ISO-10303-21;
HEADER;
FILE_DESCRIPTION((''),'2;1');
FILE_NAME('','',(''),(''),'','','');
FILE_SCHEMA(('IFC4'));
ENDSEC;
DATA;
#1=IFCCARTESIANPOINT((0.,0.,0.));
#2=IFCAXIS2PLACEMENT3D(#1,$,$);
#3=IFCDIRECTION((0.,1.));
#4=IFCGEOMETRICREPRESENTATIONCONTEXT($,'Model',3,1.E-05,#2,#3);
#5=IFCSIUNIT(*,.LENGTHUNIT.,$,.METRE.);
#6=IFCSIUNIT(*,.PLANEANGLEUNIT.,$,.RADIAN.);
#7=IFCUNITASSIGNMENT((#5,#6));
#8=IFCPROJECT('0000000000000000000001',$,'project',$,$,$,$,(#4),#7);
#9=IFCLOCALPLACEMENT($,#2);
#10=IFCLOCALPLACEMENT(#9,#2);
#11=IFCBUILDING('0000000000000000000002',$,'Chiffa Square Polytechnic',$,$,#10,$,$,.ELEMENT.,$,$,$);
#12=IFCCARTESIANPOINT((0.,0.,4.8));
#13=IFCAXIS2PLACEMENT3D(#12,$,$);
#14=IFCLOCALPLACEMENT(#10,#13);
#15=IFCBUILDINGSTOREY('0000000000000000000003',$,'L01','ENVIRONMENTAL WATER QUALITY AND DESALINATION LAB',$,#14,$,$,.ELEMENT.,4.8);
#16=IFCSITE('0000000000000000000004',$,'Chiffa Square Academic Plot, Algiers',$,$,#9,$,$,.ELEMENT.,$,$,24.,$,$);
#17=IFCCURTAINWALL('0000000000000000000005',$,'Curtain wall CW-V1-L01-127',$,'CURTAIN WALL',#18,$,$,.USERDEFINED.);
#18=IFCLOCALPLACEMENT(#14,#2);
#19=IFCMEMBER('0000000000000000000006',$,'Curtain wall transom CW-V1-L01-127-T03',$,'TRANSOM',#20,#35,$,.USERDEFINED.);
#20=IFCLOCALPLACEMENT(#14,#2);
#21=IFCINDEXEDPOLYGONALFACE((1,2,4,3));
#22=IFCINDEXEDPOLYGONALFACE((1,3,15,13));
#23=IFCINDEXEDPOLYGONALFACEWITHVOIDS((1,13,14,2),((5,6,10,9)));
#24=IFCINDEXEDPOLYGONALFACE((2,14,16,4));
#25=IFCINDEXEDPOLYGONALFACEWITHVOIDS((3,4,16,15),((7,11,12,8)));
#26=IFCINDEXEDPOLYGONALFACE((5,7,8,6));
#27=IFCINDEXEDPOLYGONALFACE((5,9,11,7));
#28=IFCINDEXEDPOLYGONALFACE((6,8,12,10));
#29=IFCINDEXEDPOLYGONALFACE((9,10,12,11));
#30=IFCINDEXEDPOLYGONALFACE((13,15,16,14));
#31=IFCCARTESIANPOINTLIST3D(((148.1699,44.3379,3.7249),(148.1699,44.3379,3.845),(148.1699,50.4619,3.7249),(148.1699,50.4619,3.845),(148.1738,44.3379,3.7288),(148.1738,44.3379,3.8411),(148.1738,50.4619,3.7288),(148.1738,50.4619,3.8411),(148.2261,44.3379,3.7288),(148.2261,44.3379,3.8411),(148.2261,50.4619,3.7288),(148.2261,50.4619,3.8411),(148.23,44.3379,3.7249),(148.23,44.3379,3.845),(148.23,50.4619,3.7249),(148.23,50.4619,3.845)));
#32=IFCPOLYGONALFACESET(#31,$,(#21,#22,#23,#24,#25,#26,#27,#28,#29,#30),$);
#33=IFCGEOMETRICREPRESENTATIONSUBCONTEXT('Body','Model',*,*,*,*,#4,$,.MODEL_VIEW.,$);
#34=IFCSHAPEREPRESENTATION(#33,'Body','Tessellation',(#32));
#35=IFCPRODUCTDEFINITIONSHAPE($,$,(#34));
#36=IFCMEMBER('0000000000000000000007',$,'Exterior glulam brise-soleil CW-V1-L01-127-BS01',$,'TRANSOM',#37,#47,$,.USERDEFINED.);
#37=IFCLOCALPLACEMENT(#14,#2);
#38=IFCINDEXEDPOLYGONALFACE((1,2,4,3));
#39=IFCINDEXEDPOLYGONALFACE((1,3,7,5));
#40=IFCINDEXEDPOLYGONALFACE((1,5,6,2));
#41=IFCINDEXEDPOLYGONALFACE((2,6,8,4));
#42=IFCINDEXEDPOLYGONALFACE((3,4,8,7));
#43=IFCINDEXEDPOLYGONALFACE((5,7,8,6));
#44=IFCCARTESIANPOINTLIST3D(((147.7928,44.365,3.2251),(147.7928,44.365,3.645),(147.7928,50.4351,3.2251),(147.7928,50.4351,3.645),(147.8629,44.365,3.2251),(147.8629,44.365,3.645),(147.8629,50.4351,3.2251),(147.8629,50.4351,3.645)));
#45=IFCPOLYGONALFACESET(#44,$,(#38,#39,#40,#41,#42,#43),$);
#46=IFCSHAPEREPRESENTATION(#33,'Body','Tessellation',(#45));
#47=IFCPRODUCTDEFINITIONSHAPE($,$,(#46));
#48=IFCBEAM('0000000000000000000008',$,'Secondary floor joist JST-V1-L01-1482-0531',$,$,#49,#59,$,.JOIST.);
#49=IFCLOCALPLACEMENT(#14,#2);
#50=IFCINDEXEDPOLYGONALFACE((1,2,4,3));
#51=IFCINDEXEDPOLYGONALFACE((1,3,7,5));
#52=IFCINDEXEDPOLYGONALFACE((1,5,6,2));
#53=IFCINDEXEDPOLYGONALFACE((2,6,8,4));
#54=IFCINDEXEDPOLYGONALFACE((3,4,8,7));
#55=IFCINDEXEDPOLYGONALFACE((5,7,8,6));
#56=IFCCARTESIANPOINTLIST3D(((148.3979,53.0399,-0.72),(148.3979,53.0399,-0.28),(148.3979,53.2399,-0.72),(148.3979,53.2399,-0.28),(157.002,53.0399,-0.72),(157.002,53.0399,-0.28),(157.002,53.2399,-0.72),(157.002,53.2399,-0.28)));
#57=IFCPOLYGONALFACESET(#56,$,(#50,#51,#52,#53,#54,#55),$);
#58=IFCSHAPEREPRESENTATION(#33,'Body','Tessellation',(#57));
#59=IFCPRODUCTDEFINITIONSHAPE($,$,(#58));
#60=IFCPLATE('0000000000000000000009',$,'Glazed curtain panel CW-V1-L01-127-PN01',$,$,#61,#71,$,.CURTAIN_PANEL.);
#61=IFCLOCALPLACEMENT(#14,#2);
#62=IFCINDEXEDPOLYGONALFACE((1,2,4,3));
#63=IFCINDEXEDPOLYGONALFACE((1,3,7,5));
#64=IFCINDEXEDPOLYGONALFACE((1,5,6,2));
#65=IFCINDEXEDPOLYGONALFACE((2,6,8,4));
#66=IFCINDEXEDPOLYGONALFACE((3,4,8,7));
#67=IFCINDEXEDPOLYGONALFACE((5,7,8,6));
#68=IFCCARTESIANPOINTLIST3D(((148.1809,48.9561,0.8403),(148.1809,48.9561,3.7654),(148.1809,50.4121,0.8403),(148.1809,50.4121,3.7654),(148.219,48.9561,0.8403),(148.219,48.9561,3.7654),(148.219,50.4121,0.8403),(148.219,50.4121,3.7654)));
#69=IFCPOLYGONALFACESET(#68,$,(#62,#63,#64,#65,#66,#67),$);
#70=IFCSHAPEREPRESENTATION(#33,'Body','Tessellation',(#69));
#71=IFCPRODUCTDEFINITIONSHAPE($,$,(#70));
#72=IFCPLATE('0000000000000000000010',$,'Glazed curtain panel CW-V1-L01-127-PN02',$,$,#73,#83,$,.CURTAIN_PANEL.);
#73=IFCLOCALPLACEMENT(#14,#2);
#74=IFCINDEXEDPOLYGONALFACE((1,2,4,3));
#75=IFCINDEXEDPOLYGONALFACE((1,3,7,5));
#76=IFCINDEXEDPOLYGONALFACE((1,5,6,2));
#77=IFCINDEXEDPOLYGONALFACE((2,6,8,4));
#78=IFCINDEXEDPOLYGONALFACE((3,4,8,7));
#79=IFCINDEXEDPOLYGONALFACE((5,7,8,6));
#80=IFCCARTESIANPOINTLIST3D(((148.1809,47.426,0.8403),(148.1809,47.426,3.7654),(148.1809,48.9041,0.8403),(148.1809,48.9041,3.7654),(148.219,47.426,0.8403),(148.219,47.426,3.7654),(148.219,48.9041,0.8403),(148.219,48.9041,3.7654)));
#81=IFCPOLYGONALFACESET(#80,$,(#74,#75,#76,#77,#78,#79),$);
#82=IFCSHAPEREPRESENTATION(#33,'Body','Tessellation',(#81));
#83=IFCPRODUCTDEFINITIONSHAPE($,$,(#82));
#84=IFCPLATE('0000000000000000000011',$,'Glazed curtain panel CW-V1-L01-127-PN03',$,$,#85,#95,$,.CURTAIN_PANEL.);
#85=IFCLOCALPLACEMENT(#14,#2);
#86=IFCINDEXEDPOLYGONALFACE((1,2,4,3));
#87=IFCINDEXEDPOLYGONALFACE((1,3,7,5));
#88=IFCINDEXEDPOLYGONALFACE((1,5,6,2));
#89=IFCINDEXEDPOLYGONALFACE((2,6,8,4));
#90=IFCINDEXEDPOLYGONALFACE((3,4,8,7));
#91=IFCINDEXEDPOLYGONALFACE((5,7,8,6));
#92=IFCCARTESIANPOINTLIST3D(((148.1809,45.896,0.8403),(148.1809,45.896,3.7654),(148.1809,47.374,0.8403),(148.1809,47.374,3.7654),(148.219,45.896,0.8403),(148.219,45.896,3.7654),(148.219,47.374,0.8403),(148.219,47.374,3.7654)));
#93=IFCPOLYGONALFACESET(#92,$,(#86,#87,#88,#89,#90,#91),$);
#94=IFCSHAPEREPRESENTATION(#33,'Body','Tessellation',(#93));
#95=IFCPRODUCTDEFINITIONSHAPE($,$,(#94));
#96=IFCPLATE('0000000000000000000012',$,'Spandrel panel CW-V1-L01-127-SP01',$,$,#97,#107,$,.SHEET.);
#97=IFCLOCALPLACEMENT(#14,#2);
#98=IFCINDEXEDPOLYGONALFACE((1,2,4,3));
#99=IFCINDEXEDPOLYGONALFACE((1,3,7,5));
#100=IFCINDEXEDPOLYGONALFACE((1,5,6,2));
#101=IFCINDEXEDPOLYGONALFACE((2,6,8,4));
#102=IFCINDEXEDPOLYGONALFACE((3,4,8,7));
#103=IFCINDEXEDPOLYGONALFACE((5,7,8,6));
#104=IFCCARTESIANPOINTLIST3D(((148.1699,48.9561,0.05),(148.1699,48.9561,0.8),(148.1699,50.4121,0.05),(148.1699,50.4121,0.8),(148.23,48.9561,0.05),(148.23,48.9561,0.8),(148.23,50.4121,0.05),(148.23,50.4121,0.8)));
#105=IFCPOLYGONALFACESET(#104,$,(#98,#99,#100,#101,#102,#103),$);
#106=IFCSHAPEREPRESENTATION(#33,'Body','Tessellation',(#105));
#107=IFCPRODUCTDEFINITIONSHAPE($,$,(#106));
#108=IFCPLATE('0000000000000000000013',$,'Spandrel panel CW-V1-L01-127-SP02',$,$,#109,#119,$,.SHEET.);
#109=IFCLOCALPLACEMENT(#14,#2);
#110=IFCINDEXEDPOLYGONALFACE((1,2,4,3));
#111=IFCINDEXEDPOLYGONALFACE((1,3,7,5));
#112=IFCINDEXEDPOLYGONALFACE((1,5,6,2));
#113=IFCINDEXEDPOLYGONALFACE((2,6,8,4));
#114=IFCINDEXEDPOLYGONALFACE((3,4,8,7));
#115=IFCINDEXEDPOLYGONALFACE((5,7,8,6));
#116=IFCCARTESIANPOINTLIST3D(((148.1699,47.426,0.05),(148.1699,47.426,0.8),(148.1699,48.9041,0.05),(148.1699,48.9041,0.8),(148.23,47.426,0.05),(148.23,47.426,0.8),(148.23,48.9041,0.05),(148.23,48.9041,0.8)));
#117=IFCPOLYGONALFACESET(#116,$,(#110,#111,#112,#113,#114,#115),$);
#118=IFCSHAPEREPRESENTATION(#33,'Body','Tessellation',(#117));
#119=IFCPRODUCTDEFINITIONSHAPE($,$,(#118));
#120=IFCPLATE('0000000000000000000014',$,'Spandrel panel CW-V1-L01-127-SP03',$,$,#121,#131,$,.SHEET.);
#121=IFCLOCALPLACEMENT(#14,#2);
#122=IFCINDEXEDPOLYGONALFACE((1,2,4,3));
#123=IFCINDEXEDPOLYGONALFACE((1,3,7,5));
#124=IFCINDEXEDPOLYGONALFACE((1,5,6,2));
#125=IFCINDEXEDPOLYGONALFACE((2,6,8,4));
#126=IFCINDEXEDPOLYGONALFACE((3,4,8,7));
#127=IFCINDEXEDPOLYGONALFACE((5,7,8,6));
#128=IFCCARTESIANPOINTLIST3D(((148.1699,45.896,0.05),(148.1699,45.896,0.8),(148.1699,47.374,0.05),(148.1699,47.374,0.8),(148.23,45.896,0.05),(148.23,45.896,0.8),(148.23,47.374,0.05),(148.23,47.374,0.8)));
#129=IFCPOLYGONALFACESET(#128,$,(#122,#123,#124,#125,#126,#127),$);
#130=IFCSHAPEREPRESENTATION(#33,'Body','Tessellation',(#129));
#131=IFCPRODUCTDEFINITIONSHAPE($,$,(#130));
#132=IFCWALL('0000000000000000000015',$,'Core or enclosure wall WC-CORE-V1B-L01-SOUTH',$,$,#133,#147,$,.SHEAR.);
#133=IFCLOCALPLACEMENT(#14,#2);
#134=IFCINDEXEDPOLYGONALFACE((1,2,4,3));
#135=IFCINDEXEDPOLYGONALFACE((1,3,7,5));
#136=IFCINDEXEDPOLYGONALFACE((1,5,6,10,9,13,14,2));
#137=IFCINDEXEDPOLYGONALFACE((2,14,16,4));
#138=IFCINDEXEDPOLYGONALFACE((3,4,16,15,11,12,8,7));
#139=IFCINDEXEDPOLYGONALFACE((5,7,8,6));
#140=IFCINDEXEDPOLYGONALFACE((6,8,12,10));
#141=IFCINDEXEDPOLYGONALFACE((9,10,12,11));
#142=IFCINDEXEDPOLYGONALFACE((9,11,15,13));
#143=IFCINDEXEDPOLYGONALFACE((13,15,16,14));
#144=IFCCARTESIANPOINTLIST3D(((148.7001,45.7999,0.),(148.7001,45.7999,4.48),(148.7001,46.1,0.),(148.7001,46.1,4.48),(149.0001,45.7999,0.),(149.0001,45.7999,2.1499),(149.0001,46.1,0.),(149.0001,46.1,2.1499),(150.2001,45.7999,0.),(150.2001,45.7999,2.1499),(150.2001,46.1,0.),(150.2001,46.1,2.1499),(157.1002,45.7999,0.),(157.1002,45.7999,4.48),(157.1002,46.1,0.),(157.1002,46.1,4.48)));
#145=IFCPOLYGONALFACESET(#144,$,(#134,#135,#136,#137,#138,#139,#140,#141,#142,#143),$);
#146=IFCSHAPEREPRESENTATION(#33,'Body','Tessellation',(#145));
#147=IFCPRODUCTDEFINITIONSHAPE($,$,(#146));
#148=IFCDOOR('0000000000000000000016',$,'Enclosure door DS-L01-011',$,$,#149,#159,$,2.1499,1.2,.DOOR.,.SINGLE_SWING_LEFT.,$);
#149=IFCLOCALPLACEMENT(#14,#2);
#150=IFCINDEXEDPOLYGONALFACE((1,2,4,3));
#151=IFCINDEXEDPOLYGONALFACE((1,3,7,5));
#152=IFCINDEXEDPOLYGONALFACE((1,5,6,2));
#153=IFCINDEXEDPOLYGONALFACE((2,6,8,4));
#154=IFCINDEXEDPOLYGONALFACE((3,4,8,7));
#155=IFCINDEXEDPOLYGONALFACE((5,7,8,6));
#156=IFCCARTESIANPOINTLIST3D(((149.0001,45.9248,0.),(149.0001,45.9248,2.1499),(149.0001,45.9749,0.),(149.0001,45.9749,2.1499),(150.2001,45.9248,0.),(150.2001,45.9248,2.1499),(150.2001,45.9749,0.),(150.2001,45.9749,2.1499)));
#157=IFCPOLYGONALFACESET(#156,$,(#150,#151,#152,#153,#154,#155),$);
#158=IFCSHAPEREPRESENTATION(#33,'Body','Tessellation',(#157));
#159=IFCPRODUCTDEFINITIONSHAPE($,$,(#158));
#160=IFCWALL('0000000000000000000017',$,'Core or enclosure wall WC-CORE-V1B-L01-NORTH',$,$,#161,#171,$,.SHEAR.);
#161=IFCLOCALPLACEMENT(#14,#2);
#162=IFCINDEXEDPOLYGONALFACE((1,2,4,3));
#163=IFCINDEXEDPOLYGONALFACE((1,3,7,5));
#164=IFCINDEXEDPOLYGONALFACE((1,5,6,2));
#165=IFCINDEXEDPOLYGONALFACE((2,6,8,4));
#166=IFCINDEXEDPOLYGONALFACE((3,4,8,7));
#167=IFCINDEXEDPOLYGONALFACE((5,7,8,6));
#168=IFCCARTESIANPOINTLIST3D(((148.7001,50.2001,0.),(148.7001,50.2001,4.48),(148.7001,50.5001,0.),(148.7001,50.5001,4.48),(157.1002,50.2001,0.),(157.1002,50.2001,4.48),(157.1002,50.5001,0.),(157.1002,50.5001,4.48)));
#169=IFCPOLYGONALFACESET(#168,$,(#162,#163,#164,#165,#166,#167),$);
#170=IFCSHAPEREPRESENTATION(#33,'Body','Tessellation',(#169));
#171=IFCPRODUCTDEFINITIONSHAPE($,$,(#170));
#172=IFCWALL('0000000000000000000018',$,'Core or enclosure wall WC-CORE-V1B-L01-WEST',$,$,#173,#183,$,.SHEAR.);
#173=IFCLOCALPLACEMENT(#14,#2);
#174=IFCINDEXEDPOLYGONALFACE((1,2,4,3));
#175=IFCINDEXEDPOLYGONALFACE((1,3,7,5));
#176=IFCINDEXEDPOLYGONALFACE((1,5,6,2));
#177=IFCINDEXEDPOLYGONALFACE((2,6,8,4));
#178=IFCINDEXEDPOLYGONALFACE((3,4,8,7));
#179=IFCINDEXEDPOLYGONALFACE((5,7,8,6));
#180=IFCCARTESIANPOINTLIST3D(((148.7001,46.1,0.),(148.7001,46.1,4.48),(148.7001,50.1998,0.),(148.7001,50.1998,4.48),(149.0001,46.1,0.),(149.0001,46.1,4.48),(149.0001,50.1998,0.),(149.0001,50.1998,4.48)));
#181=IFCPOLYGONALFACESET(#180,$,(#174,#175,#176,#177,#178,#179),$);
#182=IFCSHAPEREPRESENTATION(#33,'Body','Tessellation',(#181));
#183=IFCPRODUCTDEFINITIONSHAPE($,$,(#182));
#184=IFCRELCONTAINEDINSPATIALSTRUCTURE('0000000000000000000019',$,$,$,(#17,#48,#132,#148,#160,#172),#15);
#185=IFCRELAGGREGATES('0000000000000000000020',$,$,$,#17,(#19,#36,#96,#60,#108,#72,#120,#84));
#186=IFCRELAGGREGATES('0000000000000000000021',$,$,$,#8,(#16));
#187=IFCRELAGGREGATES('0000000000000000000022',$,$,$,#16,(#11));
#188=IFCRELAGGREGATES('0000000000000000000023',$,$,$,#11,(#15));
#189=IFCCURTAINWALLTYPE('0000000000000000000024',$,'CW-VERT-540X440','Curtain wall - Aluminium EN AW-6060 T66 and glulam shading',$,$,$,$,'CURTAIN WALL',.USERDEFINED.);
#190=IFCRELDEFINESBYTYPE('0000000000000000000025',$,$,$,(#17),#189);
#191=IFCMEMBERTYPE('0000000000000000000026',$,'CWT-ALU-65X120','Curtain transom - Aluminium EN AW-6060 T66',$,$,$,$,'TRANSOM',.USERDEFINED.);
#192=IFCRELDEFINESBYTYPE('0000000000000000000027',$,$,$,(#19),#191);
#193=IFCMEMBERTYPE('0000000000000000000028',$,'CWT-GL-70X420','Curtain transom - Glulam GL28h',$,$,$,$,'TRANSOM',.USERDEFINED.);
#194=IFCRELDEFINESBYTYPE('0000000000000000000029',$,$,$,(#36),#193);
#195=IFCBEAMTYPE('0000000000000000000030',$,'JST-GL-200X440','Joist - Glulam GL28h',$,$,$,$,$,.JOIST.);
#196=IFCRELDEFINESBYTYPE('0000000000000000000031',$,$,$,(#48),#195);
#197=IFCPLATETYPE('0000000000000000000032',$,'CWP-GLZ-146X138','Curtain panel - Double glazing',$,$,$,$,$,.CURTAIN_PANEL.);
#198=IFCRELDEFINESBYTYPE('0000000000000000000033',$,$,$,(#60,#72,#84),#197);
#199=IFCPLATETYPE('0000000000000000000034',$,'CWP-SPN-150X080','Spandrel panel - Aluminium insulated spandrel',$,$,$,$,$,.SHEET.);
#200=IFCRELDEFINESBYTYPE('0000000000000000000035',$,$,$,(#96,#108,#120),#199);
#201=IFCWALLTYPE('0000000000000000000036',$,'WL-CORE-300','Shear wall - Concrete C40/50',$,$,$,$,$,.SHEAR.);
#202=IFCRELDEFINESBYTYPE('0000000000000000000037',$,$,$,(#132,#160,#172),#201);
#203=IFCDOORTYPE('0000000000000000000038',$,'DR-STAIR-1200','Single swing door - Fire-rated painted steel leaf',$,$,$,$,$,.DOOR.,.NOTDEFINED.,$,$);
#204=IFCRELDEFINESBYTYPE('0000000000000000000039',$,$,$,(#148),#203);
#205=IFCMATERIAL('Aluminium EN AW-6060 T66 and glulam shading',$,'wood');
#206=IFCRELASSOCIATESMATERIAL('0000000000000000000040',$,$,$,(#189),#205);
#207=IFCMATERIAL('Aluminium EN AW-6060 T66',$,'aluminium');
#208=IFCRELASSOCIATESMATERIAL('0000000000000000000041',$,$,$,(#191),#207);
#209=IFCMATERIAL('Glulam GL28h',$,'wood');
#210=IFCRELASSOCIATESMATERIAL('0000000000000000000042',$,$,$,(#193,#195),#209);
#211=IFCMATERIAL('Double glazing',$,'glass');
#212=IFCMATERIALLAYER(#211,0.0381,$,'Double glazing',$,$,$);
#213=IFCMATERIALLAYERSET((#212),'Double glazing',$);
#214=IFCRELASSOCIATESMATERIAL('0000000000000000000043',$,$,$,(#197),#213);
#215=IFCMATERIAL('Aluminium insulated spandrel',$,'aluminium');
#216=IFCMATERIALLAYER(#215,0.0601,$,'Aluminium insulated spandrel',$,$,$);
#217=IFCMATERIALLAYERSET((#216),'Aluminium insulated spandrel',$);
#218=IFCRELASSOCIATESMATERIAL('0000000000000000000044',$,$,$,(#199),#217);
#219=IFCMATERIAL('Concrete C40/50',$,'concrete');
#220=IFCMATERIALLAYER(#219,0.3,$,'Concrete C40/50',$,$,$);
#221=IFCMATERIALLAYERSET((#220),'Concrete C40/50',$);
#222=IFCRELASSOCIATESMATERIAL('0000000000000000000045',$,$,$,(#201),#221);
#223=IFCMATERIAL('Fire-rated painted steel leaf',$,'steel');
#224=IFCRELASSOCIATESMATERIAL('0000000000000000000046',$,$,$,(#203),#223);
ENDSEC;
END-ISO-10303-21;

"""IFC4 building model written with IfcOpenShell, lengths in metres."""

from ifc_helpers import new_model, si_unit, direction, frame, frame_2d, origin, origin_2d, place, context, subcontext, project, spatial, rectangle, hollow_rectangle, extrude, material, layer, layer_set, material_profile, profile_set, type_object, element, fill, aggregate, save


model = new_model("IFC4")

# Units and contexts
model_context = context("Model", 3, precision=1e-05, world=origin(), true_north=direction((0.0, 1.0)))
body_context = subcontext(model_context, "Body", "Model", "MODEL_VIEW")
ifc_project = project(units=[si_unit("LENGTHUNIT", "METRE"), si_unit("PLANEANGLEUNIT", "RADIAN")], contexts=[model_context])

# Site, building, storey
site_placement = place(None, origin())
site = spatial("IfcSite", under=ifc_project, at=site_placement, Name="Chiffa Square Academic Plot, Algiers", CompositionType="ELEMENT", RefElevation=24.0)
building_placement = place(site_placement, origin())
building = spatial("IfcBuilding", under=site, at=building_placement, Name="Chiffa Square Polytechnic", CompositionType="ELEMENT")
storey_placement = place(building_placement, frame((0.0, 0.0, 4.8)))
storey = spatial("IfcBuildingStorey", under=building, at=storey_placement, Name="L01", Description="ENVIRONMENTAL WATER QUALITY AND DESALINATION LAB", CompositionType="ELEMENT", Elevation=4.8)

# Shared definitions
ifc_material_1 = material(Name="Concrete C40/50", Category="concrete")

# Curtain wall, members
ifc_material_2 = material(Name="Aluminium EN AW-6060 T66 and glulam shading", Category="wood")
curtain_wall_type = type_object("IfcCurtainWallType", Name="CW-VERT-540X440", Description="Curtain wall - Aluminium EN AW-6060 T66 and glulam shading", ElementType="CURTAIN WALL", PredefinedType="USERDEFINED", material=ifc_material_2)
curtain_wall_placement = place(storey_placement, origin())
curtain_wall = element("IfcCurtainWall", 1, at=curtain_wall_placement, inside=storey, type_object=curtain_wall_type, Name="Curtain wall CW-V1-L01-127", ObjectType="CURTAIN WALL", PredefinedType="USERDEFINED")
ifc_material_3 = material(Name="Aluminium EN AW-6060 T66", Category="aluminium")
ifc_material_4 = material(Name="Glulam GL28h", Category="wood")
ifc_material_profile_1 = material_profile(ifc_material_3, hollow_rectangle(XDim=0.0601, YDim=0.1201, WallThickness=0.0039, at=origin_2d()), Name="ALU 60x120x4")
ifc_profile_set_1 = profile_set([ifc_material_profile_1], Name="Aluminium EN AW-6060 T66")
member_type_1 = type_object("IfcMemberType", Name="CWT-ALU-65X120", Description="Curtain transom - Aluminium EN AW-6060 T66", ElementType="TRANSOM", PredefinedType="USERDEFINED", material=ifc_profile_set_1)
member_1_placement = place(storey_placement, frame((148.2, 50.4619, 3.7849), z_axis=(0.0, -1.0, 0.0), x_axis=(1.0, 0.0, 0.0)))
member_1 = element("IfcMember", 2, at=member_1_placement, type_object=member_type_1, Name="Curtain wall transom CW-V1-L01-127-T03", ObjectType="TRANSOM", PredefinedType="USERDEFINED", context=body_context, shape_type="SweptSolid", body=[
    extrude(hollow_rectangle(XDim=0.0601, YDim=0.1201, WallThickness=0.0039, at=origin_2d()), origin(), (0.0, 0.0, 1.0), 6.124),
])
ifc_material_profile_2 = material_profile(ifc_material_4, rectangle(XDim=0.0701, YDim=0.4199, at=origin_2d()), Name="GL28h 70x420")
ifc_profile_set_2 = profile_set([ifc_material_profile_2], Name="Glulam GL28h")
member_type_2 = type_object("IfcMemberType", Name="CWT-GL-70X420", Description="Curtain transom - Glulam GL28h", ElementType="TRANSOM", PredefinedType="USERDEFINED", material=ifc_profile_set_2)
member_2_placement = place(storey_placement, frame((147.8279, 50.4351, 3.4351), z_axis=(0.0, -1.0, 0.0), x_axis=(1.0, 0.0, 0.0)))
member_2 = element("IfcMember", 3, at=member_2_placement, type_object=member_type_2, Name="Exterior glulam brise-soleil CW-V1-L01-127-BS01", ObjectType="TRANSOM", PredefinedType="USERDEFINED", context=body_context, shape_type="SweptSolid", body=[
    extrude(rectangle(XDim=0.0701, YDim=0.4199, at=origin_2d()), origin(), (0.0, 0.0, 1.0), 6.0701),
])

# Beam
ifc_material_profile_3 = material_profile(ifc_material_4, rectangle(XDim=0.2, YDim=0.4399, at=origin_2d()), Name="GL28h 200x440")
ifc_profile_set_3 = profile_set([ifc_material_profile_3], Name="Glulam GL28h")
beam_type_1 = type_object("IfcBeamType", Name="JST-GL-200X440", Description="Joist - Glulam GL28h", PredefinedType="JOIST", material=ifc_profile_set_3)
beam_1_placement = place(storey_placement, frame((148.3979, 53.1399, -0.5), z_axis=(1.0, 0.0, 0.0), x_axis=(0.0, 1.0, 0.0)))
element("IfcBeam", 4, at=beam_1_placement, inside=storey, type_object=beam_type_1, Name="Secondary floor joist JST-V1-L01-1482-0531", PredefinedType="JOIST", context=body_context, shape_type="SweptSolid", body=[
    extrude(rectangle(XDim=0.2, YDim=0.4399, at=origin_2d()), origin(), (0.0, 0.0, 1.0), 8.604),
])

# Plates
ifc_material_5 = material(Name="Double glazing", Category="glass")
ifc_layer_1 = layer(ifc_material_5, 0.0381, Name="Double glazing")
ifc_layer_set_1 = layer_set([ifc_layer_1], Name="Double glazing")
plate_type_1 = type_object("IfcPlateType", Name="CWP-GLZ-146X138", Description="Curtain panel - Double glazing", PredefinedType="CURTAIN_PANEL", material=ifc_layer_set_1)
plate_1_placement = place(storey_placement, frame((148.2, 49.6841, 0.8403), z_axis=(0.0, 0.0, 1.0), x_axis=(0.0, -1.0, 0.0)))
plate_1 = element("IfcPlate", 5, at=plate_1_placement, type_object=plate_type_1, Name="Glazed curtain panel CW-V1-L01-127-PN01", PredefinedType="CURTAIN_PANEL", context=body_context, shape_type="SweptSolid", body=[
    extrude(rectangle(XDim=1.4561, YDim=0.0381, at=origin_2d()), origin(), (0.0, 0.0, 1.0), 2.925),
])
plate_2_placement = place(storey_placement, frame((148.2, 48.165, 0.8403), z_axis=(0.0, 0.0, 1.0), x_axis=(0.0, -1.0, 0.0)))
plate_2 = element("IfcPlate", 6, at=plate_2_placement, type_object=plate_type_1, Name="Glazed curtain panel CW-V1-L01-127-PN02", PredefinedType="CURTAIN_PANEL", context=body_context, shape_type="SweptSolid", body=[
    extrude(rectangle(XDim=1.478, YDim=0.0381, at=origin_2d()), origin(), (0.0, 0.0, 1.0), 2.925),
])
plate_3_placement = place(storey_placement, frame((148.2, 46.635, 0.8403), z_axis=(0.0, 0.0, 1.0), x_axis=(0.0, -1.0, 0.0)))
plate_3 = element("IfcPlate", 7, at=plate_3_placement, type_object=plate_type_1, Name="Glazed curtain panel CW-V1-L01-127-PN03", PredefinedType="CURTAIN_PANEL", context=body_context, shape_type="SweptSolid", body=[
    extrude(rectangle(XDim=1.478, YDim=0.0381, at=origin_2d()), origin(), (0.0, 0.0, 1.0), 2.925),
])
ifc_material_6 = material(Name="Aluminium insulated spandrel", Category="aluminium")
ifc_layer_2 = layer(ifc_material_6, 0.0601, Name="Aluminium insulated spandrel")
ifc_layer_set_2 = layer_set([ifc_layer_2], Name="Aluminium insulated spandrel")
plate_type_2 = type_object("IfcPlateType", Name="CWP-SPN-150X080", Description="Spandrel panel - Aluminium insulated spandrel", PredefinedType="SHEET", material=ifc_layer_set_2)
plate_4_placement = place(storey_placement, frame((148.2, 49.6841, 0.05), z_axis=(0.0, 0.0, 1.0), x_axis=(0.0, -1.0, 0.0)))
plate_4 = element("IfcPlate", 8, at=plate_4_placement, type_object=plate_type_2, Name="Spandrel panel CW-V1-L01-127-SP01", PredefinedType="SHEET", context=body_context, shape_type="SweptSolid", body=[
    extrude(rectangle(XDim=1.4561, YDim=0.0601, at=origin_2d()), origin(), (0.0, 0.0, 1.0), 0.75),
])
plate_5_placement = place(storey_placement, frame((148.2, 48.165, 0.05), z_axis=(0.0, 0.0, 1.0), x_axis=(0.0, -1.0, 0.0)))
plate_5 = element("IfcPlate", 9, at=plate_5_placement, type_object=plate_type_2, Name="Spandrel panel CW-V1-L01-127-SP02", PredefinedType="SHEET", context=body_context, shape_type="SweptSolid", body=[
    extrude(rectangle(XDim=1.478, YDim=0.0601, at=origin_2d()), origin(), (0.0, 0.0, 1.0), 0.75),
])
plate_6_placement = place(storey_placement, frame((148.2, 46.635, 0.05), z_axis=(0.0, 0.0, 1.0), x_axis=(0.0, -1.0, 0.0)))
plate_6 = element("IfcPlate", 10, at=plate_6_placement, type_object=plate_type_2, Name="Spandrel panel CW-V1-L01-127-SP03", PredefinedType="SHEET", context=body_context, shape_type="SweptSolid", body=[
    extrude(rectangle(XDim=1.478, YDim=0.0601, at=origin_2d()), origin(), (0.0, 0.0, 1.0), 0.75),
])
aggregate(curtain_wall, [member_1, member_2, plate_4, plate_1, plate_5, plate_2, plate_6, plate_3])

# Wall, opening, door
ifc_layer_3 = layer(ifc_material_1, 0.3, Name="Concrete C40/50")
ifc_layer_set_3 = layer_set([ifc_layer_3], Name="Concrete C40/50")
wall_type_1 = type_object("IfcWallType", Name="WL-CORE-300", Description="Shear wall - Concrete C40/50", PredefinedType="SHEAR", material=ifc_layer_set_3)
wall_1_placement = place(storey_placement, frame((148.7, 45.95, 0.0), z_axis=(0.0, 0.0, 1.0), x_axis=(1.0, 0.0, 0.0)))
wall_1 = element("IfcWall", 11, at=wall_1_placement, inside=storey, type_object=wall_type_1, Name="Core or enclosure wall WC-CORE-V1B-L01-SOUTH", PredefinedType="SHEAR", context=body_context, shape_type="SweptSolid", body=[
    extrude(rectangle(XDim=8.4001, YDim=0.3, at=frame_2d((4.2002, 0.0))), origin(), (0.0, 0.0, 1.0), 4.48),
])
opening_placement = place(wall_1_placement, frame((0.3, 0.0, 0.0)))
opening = element("IfcOpeningElement", 12, at=opening_placement, cuts=wall_1, PredefinedType="OPENING", context=body_context, shape_type="SweptSolid", body=[
    extrude(rectangle(XDim=1.2, YDim=2.1499, at=frame_2d((0.6001, 1.075))), frame((0.0, 0.1602, 0.0), z_axis=(0.0, -1.0, 0.0), x_axis=(1.0, 0.0, 0.0)), (0.0, 0.0, 1.0), 0.3201),
])
ifc_material_7 = material(Name="Fire-rated painted steel leaf", Category="steel")
door_type = type_object("IfcDoorType", Name="DR-STAIR-1200", Description="Single swing door - Fire-rated painted steel leaf", OperationType="NOTDEFINED", PredefinedType="DOOR", material=ifc_material_7)
door_placement = place(opening_placement, origin())
door = element("IfcDoor", 13, at=door_placement, inside=storey, type_object=door_type, Name="Enclosure door DS-L01-011", OperationType="SINGLE_SWING_LEFT", OverallHeight=2.1499, OverallWidth=1.2, PredefinedType="DOOR", context=body_context, shape_type="SweptSolid", body=[
    extrude(rectangle(XDim=1.2, YDim=2.1499, at=frame_2d((0.6001, 1.075))), frame((0.0, 0.0249, 0.0), z_axis=(0.0, -1.0, 0.0), x_axis=(1.0, 0.0, 0.0)), (0.0, 0.0, 1.0), 0.05),
])
fill(opening, door)

# Walls
wall_2_placement = place(storey_placement, frame((148.7, 50.3501, 0.0), z_axis=(0.0, 0.0, 1.0), x_axis=(1.0, 0.0, 0.0)))
element("IfcWall", 14, at=wall_2_placement, inside=storey, type_object=wall_type_1, Name="Core or enclosure wall WC-CORE-V1B-L01-NORTH", PredefinedType="SHEAR", context=body_context, shape_type="SweptSolid", body=[
    extrude(rectangle(XDim=8.4001, YDim=0.3, at=frame_2d((4.2002, 0.0))), origin(), (0.0, 0.0, 1.0), 4.48),
])
wall_3_placement = place(storey_placement, frame((148.8501, 46.1001, 0.0), z_axis=(0.0, 0.0, 1.0), x_axis=(0.0, 1.0, 0.0)))
element("IfcWall", 15, at=wall_3_placement, inside=storey, type_object=wall_type_1, Name="Core or enclosure wall WC-CORE-V1B-L01-WEST", PredefinedType="SHEAR", context=body_context, shape_type="SweptSolid", body=[
    extrude(rectangle(XDim=4.0999, YDim=0.3, at=frame_2d((2.0498, 0.0))), origin(), (0.0, 0.0, 1.0), 4.48),
])

save(model, "model.ifc")
